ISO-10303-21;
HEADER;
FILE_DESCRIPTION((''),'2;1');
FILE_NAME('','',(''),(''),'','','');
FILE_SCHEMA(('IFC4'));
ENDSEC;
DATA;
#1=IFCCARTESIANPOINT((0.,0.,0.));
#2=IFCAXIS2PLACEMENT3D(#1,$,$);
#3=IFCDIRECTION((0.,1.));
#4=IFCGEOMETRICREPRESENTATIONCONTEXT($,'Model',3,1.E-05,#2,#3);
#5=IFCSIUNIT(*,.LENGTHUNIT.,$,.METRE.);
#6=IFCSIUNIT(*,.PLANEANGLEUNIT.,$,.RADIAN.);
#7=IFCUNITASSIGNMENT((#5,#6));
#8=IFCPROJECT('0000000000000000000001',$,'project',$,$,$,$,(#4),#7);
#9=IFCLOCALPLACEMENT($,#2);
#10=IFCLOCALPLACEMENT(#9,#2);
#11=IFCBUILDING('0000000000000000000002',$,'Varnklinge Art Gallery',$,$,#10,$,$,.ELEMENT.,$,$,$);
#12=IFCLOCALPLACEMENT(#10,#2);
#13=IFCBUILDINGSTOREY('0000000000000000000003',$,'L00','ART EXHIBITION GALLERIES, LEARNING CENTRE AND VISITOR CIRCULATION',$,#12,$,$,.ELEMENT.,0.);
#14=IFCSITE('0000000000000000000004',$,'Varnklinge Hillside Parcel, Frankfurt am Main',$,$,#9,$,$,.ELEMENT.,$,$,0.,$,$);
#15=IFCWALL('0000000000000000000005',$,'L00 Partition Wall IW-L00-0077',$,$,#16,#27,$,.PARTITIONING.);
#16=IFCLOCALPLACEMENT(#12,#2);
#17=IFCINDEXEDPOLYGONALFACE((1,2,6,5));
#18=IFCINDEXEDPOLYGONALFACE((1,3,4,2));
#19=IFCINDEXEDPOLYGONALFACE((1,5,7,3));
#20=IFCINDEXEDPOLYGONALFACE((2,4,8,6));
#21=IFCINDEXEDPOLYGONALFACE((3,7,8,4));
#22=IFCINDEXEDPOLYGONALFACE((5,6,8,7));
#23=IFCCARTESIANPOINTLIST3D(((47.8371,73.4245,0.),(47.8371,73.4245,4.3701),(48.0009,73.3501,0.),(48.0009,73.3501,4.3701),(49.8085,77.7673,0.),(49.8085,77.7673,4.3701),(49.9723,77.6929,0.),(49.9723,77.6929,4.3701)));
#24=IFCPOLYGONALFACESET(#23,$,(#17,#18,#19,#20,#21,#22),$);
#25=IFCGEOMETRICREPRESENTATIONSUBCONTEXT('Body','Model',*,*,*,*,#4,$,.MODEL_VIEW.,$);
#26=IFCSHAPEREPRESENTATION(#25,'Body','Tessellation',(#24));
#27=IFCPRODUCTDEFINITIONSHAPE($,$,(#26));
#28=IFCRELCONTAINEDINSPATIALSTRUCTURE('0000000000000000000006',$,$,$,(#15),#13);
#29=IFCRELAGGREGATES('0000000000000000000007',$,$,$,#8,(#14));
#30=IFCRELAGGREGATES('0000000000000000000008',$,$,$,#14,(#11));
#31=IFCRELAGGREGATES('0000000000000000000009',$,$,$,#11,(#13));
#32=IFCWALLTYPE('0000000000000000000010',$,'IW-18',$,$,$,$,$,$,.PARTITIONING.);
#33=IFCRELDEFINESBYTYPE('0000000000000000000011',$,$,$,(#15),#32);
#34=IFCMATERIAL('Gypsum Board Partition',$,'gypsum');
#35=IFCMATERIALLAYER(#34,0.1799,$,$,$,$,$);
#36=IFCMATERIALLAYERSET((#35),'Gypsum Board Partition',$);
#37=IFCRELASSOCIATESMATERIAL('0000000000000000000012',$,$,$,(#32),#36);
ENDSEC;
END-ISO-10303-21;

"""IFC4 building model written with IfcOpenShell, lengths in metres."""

from ifc_helpers import new_model, si_unit, direction, frame, frame_2d, origin, place, context, subcontext, project, spatial, rectangle, extrude, material, layer, layer_set, type_object, element, save


model = new_model("IFC4")

# Units and contexts
model_context = context("Model", 3, precision=1e-05, world=origin(), true_north=direction((0.0, 1.0)))
body_context = subcontext(model_context, "Body", "Model", "MODEL_VIEW")
ifc_project = project(units=[si_unit("LENGTHUNIT", "METRE"), si_unit("PLANEANGLEUNIT", "RADIAN")], contexts=[model_context])

# Site, building, storey
site_placement = place(None, origin())
site = spatial("IfcSite", under=ifc_project, at=site_placement, Name="Varnklinge Hillside Parcel, Frankfurt am Main", CompositionType="ELEMENT", RefElevation=0.0)
building_placement = place(site_placement, origin())
building = spatial("IfcBuilding", under=site, at=building_placement, Name="Varnklinge Art Gallery", CompositionType="ELEMENT")
storey_placement = place(building_placement, origin())
storey = spatial("IfcBuildingStorey", under=building, at=storey_placement, Name="L00", Description="ART EXHIBITION GALLERIES, LEARNING CENTRE AND VISITOR CIRCULATION", CompositionType="ELEMENT", Elevation=0.0)

# Wall
ifc_material_1 = material(Name="Gypsum Board Partition", Category="gypsum")
ifc_layer_1 = layer(ifc_material_1, 0.1799)
ifc_layer_set_1 = layer_set([ifc_layer_1], Name="Gypsum Board Partition")
wall_type_1 = type_object("IfcWallType", Name="IW-18", PredefinedType="PARTITIONING", material=ifc_layer_set_1)
wall_1_placement = place(storey_placement, frame((47.9189, 73.3872, 0.0), z_axis=(0.0, 0.0, 1.0), x_axis=(0.413359, 0.910568, 0.0)))
element("IfcWall", 1, at=wall_1_placement, inside=storey, type_object=wall_type_1, Name="L00 Partition Wall IW-L00-0077", PredefinedType="PARTITIONING", context=body_context, shape_type="SweptSolid", body=[
    extrude(rectangle(XDim=4.7693, YDim=0.1799, at=frame_2d((2.3848, 0.0))), origin(), (0.0, 0.0, 1.0), 4.3701),
])

save(model, "model.ifc")
